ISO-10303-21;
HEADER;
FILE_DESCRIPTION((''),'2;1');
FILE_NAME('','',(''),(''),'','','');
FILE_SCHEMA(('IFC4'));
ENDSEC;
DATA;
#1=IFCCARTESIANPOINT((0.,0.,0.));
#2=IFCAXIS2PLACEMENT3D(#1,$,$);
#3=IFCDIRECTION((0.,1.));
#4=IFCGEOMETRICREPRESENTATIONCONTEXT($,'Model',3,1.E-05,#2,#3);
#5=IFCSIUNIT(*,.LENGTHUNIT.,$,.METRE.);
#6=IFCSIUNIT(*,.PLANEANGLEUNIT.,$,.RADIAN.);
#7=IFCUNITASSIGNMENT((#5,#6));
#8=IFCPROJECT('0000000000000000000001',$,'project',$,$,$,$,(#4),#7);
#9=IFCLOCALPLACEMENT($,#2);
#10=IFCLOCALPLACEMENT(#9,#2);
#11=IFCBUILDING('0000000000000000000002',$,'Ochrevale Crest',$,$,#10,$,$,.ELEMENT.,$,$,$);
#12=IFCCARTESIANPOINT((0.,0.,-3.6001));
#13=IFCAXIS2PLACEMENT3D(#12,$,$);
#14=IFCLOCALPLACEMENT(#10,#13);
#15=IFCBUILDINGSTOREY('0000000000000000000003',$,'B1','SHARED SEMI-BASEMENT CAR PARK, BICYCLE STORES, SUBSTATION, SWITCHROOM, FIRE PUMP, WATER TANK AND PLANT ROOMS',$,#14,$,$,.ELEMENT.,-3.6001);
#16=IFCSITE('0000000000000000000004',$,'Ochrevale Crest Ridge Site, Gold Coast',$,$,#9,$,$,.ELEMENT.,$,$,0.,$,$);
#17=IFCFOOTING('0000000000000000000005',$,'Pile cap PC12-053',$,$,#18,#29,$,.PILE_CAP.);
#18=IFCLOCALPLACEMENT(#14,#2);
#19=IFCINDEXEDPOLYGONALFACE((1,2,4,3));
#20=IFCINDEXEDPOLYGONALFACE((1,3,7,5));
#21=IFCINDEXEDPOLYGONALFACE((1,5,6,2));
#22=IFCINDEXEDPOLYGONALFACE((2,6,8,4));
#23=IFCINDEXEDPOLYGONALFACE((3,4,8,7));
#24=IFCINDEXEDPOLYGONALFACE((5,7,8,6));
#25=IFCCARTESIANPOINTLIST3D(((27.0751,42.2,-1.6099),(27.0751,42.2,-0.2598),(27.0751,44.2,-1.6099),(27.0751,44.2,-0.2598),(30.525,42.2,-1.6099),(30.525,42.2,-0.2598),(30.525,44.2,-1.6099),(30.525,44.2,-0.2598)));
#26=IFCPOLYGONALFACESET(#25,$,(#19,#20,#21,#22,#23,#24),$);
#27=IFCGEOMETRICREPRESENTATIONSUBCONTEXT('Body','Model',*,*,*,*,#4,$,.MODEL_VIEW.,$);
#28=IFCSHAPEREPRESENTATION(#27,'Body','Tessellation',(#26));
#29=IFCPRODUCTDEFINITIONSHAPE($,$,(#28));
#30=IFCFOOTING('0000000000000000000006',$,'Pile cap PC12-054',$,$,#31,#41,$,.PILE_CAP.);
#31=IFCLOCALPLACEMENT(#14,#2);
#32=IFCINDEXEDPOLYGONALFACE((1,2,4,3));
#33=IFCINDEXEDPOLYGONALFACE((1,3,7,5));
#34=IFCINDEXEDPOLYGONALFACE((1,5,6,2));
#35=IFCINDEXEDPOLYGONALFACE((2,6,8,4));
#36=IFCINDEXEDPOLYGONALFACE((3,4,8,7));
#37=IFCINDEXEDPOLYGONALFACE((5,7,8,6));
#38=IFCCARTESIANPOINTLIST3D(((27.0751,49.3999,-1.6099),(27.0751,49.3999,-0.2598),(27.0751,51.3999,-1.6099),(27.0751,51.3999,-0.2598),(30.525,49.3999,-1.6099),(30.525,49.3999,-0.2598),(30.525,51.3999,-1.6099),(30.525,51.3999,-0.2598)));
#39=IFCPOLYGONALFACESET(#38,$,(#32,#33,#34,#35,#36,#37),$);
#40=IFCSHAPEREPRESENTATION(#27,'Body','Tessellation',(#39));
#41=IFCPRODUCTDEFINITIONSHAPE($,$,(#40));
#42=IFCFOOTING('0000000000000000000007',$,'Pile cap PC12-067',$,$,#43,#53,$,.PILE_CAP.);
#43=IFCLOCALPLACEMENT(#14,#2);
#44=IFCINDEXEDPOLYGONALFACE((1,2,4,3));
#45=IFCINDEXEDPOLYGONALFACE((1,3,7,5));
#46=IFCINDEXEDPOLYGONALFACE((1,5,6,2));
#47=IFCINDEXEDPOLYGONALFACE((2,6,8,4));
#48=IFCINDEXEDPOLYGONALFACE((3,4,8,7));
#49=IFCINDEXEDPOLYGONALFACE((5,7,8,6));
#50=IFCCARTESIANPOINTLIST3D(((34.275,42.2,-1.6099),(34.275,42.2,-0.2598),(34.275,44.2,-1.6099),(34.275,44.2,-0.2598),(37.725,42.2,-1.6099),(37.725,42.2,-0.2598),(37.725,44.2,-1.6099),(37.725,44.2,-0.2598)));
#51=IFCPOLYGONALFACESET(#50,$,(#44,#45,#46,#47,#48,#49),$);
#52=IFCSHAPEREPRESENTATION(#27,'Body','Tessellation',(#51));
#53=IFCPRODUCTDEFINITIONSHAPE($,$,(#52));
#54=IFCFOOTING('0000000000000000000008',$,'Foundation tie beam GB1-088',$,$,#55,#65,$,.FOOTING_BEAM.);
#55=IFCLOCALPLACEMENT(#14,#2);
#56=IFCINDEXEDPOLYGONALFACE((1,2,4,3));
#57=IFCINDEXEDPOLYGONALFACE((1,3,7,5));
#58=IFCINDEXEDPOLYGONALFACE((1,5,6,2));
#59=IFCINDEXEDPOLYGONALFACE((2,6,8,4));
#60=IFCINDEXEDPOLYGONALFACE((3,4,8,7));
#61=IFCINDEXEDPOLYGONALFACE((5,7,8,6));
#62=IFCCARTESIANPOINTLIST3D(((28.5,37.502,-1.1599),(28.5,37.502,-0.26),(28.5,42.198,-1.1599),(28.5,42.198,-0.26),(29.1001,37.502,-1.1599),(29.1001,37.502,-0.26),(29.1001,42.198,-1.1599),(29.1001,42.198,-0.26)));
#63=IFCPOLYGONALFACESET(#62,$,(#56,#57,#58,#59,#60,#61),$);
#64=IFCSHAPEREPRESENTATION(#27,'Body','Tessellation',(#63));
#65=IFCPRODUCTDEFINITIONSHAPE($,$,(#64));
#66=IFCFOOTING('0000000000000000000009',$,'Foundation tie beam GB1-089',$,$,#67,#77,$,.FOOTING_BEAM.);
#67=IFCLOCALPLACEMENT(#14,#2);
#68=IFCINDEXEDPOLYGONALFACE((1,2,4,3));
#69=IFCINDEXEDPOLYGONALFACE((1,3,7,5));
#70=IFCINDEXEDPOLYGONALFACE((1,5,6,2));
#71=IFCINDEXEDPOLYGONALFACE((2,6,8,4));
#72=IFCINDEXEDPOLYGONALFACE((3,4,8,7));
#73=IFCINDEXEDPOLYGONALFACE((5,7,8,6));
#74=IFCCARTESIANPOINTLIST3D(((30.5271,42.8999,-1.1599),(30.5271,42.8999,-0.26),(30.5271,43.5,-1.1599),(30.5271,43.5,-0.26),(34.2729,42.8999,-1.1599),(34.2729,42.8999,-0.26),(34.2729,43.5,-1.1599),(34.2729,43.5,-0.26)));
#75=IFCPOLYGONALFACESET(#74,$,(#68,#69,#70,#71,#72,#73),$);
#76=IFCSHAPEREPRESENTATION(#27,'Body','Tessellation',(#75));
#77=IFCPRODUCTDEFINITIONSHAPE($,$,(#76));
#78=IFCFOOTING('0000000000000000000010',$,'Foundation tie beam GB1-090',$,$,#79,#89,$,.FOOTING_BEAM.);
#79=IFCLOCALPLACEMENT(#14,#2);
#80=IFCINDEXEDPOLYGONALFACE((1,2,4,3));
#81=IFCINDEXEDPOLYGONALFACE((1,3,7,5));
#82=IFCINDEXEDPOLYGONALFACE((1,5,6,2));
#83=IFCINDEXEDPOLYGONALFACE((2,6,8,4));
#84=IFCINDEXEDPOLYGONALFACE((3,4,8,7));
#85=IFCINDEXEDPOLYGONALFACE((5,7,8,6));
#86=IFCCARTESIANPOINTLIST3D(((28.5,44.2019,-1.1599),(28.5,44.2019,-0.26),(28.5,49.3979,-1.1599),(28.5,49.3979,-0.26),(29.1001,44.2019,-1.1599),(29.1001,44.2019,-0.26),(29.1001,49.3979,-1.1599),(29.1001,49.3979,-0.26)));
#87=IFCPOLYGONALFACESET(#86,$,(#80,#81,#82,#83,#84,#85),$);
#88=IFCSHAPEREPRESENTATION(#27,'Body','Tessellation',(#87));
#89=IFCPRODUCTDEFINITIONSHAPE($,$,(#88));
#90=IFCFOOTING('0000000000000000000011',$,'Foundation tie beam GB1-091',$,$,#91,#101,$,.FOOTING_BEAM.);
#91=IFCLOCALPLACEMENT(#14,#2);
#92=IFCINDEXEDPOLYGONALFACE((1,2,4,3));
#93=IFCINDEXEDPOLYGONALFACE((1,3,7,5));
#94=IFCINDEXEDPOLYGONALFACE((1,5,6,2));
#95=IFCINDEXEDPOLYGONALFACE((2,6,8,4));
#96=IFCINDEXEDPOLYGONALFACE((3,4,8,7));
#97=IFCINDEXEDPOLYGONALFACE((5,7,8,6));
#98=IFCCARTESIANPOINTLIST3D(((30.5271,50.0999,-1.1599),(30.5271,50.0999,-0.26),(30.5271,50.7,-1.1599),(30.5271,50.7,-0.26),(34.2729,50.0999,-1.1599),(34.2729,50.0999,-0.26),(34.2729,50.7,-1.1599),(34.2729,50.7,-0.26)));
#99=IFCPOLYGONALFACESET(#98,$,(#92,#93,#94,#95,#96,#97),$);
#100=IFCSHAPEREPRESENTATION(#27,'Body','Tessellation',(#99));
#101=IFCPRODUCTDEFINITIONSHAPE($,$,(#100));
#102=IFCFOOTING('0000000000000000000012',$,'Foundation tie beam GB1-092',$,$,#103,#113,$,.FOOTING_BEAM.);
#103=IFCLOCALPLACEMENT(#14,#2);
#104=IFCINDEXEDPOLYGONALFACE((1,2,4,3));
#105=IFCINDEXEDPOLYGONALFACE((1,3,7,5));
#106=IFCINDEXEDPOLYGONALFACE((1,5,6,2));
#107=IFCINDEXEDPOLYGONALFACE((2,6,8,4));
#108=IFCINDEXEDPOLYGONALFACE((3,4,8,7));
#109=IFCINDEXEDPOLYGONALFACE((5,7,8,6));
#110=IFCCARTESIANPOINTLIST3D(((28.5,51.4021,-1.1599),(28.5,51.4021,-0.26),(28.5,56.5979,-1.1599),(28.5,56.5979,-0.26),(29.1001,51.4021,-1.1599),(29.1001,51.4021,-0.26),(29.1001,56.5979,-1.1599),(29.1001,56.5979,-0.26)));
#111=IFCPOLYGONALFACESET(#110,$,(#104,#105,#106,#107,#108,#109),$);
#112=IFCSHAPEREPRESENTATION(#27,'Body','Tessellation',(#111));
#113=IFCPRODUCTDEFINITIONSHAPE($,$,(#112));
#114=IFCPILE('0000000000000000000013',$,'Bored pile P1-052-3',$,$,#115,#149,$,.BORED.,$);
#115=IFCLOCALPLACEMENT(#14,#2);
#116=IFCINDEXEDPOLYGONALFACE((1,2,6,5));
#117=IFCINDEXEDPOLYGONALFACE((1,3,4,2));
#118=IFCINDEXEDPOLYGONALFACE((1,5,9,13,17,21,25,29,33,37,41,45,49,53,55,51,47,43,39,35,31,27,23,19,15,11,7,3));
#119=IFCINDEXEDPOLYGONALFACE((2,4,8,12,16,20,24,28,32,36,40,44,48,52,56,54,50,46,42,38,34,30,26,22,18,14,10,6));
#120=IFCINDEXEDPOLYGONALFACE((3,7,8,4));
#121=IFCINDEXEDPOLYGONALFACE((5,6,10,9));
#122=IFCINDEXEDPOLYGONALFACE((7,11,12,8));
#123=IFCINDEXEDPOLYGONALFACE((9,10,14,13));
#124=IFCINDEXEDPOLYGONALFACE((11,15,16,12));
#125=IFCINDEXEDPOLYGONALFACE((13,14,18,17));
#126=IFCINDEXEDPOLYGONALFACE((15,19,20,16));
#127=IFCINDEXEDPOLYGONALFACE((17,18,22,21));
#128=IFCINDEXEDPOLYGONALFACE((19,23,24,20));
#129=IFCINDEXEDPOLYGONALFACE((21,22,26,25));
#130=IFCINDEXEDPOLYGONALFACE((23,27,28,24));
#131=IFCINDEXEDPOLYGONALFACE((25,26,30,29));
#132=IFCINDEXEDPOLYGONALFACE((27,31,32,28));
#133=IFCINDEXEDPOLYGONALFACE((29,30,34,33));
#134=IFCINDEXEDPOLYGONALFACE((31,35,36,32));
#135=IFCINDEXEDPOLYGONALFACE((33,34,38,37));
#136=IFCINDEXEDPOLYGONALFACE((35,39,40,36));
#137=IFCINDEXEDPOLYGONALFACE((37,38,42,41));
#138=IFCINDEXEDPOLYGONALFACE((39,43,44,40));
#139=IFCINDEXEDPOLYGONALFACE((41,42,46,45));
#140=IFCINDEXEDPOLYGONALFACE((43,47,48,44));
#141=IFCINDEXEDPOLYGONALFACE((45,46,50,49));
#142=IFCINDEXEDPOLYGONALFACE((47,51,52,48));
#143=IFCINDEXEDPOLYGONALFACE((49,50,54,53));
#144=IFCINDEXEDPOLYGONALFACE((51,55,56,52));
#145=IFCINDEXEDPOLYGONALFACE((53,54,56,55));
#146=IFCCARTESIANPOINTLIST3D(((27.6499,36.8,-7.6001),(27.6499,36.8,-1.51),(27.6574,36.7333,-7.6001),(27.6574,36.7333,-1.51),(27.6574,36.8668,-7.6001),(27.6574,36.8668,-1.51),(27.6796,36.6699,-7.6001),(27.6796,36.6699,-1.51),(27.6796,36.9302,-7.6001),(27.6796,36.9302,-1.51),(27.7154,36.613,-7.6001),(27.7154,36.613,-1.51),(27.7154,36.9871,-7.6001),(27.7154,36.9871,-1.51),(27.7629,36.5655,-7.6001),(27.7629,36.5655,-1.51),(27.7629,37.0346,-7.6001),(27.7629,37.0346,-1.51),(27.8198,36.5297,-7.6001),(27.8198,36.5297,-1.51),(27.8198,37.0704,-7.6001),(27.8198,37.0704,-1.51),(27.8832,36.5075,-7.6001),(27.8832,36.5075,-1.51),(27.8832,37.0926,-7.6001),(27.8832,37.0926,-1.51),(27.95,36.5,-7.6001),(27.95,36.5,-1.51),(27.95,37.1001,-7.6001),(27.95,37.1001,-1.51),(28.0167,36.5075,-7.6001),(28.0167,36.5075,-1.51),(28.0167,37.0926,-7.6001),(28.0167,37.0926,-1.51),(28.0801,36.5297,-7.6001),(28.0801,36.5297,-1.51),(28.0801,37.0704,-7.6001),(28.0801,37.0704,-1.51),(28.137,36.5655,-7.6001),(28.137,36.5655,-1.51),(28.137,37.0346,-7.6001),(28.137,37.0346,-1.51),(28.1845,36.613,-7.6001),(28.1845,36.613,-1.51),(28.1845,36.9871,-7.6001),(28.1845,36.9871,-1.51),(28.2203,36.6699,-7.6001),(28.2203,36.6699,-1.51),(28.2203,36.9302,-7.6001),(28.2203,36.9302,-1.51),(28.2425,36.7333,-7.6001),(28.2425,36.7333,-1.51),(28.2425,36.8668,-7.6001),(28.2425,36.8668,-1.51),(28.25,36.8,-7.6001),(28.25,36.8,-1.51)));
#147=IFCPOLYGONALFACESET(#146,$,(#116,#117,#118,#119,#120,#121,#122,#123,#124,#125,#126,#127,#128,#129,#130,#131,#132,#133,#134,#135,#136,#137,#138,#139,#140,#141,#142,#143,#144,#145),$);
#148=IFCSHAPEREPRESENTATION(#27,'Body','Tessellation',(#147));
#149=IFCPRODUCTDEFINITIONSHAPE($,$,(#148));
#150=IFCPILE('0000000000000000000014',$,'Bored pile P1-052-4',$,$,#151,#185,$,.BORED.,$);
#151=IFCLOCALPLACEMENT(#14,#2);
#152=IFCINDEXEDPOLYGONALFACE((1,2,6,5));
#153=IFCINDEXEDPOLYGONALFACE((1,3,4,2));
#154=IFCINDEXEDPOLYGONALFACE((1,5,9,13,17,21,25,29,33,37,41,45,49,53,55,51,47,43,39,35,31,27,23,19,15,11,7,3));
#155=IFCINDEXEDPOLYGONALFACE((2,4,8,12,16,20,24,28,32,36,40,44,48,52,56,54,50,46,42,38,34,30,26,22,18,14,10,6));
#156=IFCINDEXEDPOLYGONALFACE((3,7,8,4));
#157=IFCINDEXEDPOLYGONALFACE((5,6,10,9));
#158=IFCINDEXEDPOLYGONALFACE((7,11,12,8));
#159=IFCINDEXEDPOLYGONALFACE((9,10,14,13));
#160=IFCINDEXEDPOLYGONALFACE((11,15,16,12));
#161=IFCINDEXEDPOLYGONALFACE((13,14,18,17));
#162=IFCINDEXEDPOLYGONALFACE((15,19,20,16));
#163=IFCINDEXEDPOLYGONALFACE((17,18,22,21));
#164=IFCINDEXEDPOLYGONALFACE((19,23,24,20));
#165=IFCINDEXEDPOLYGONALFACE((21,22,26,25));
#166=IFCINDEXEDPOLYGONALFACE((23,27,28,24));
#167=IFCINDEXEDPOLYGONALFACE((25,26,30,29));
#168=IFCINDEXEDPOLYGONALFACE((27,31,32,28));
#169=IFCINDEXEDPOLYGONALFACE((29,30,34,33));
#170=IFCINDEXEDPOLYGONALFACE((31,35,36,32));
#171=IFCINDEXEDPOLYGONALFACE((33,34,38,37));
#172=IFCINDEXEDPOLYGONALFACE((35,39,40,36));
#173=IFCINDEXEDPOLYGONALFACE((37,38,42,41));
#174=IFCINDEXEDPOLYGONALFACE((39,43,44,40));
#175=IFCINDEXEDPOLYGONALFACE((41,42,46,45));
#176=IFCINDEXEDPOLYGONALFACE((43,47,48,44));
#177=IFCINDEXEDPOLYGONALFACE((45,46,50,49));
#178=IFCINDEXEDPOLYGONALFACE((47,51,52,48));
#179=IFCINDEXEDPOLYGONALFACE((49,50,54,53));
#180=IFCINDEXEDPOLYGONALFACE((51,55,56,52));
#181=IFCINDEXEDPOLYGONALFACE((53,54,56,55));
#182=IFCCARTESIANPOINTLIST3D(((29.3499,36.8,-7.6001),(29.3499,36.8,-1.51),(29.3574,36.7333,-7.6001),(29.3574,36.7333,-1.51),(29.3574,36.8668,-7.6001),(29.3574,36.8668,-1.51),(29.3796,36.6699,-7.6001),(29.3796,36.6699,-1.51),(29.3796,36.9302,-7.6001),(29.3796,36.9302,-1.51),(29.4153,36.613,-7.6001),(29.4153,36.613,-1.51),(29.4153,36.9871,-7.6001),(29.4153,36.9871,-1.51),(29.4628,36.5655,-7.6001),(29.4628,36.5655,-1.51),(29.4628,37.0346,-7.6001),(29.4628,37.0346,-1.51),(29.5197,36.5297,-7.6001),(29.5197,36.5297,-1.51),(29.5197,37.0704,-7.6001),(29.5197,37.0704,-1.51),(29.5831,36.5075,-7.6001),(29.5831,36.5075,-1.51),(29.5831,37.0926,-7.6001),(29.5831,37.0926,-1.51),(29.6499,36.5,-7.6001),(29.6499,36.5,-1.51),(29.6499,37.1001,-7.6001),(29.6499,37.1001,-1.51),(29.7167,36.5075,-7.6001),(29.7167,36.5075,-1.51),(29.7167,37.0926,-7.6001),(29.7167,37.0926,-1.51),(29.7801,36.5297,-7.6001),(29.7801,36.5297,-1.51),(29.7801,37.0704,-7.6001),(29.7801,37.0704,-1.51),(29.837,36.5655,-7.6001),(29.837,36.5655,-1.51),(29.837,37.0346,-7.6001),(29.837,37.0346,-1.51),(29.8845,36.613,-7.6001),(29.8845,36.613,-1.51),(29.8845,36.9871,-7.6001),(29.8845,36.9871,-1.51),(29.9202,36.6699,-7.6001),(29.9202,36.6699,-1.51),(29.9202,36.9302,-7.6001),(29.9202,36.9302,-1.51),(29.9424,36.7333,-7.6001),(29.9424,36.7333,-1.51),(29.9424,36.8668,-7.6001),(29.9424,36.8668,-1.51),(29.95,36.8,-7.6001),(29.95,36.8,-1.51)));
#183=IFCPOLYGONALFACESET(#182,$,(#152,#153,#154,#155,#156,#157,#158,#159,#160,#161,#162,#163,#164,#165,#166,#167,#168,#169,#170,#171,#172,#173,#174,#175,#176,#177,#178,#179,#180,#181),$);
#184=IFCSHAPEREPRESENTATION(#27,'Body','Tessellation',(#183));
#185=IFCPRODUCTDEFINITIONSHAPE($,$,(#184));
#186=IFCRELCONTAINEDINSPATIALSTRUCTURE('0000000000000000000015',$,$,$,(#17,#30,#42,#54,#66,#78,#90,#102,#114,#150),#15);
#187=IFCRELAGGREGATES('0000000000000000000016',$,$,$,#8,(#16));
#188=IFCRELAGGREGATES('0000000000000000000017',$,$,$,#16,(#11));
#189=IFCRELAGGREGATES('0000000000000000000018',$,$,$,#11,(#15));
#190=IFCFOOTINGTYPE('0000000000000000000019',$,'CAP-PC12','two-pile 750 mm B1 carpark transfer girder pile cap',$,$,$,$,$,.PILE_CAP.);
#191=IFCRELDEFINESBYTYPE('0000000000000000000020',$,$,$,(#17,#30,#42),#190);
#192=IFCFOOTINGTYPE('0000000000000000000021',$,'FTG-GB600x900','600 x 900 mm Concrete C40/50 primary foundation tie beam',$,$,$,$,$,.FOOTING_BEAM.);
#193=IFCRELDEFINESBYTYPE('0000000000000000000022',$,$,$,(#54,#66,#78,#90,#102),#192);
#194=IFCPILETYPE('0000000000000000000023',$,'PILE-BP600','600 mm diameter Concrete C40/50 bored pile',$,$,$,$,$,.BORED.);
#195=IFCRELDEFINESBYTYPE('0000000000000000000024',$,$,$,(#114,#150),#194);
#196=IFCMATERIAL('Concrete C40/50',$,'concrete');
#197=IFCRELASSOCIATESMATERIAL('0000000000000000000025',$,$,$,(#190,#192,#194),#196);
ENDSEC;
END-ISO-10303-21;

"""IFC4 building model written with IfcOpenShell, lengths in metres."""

from ifc_helpers import new_model, si_unit, direction, frame, origin, origin_2d, place, context, subcontext, project, spatial, rectangle, circle, extrude, material, material_profile, profile_set, type_object, element, save


model = new_model("IFC4")

# Units and contexts
model_context = context("Model", 3, precision=1e-05, world=origin(), true_north=direction((0.0, 1.0)))
body_context = subcontext(model_context, "Body", "Model", "MODEL_VIEW")
ifc_project = project(units=[si_unit("LENGTHUNIT", "METRE"), si_unit("PLANEANGLEUNIT", "RADIAN")], contexts=[model_context])

# Site, building, storey
site_placement = place(None, origin())
site = spatial("IfcSite", under=ifc_project, at=site_placement, Name="Ochrevale Crest Ridge Site, Gold Coast", CompositionType="ELEMENT", RefElevation=0.0)
building_placement = place(site_placement, origin())
building = spatial("IfcBuilding", under=site, at=building_placement, Name="Ochrevale Crest", CompositionType="ELEMENT")
storey_placement = place(building_placement, frame((0.0, 0.0, -3.6001)))
storey = spatial("IfcBuildingStorey", under=building, at=storey_placement, Name="B1", Description="SHARED SEMI-BASEMENT CAR PARK, BICYCLE STORES, SUBSTATION, SWITCHROOM, FIRE PUMP, WATER TANK AND PLANT ROOMS", CompositionType="ELEMENT", Elevation=-3.6001)

# Footings
ifc_material_1 = material(Name="Concrete C40/50", Category="concrete")
footing_type_1 = type_object("IfcFootingType", Name="CAP-PC12", Description="two-pile 750 mm B1 carpark transfer girder pile cap", PredefinedType="PILE_CAP", material=ifc_material_1)
for number, where, z_axis, x_axis, name in (
    (1, (28.8, 43.2, -1.6099), (0.0, 0.0, 1.0), (1.0, 0.0, 0.0), "Pile cap PC12-053"),
    (2, (28.8, 50.3999, -1.6099), (0.0, 0.0, 1.0), (1.0, 0.0, 0.0), "Pile cap PC12-054"),
    (3, (36.0, 43.2, -1.6099), (0.0, 0.0, 1.0), (1.0, 0.0, 0.0), "Pile cap PC12-067"),
):
    element("IfcFooting", number, at=place(storey_placement, frame(where, z_axis=z_axis, x_axis=x_axis)), inside=storey, type_object=footing_type_1, Name=name, PredefinedType="PILE_CAP", context=body_context, shape_type="SweptSolid", body=[
        extrude(rectangle(XDim=3.45, YDim=2.0, at=origin_2d()), origin(), (0.0, 0.0, 1.0), 1.3501),
    ])
ifc_material_profile_1 = material_profile(ifc_material_1, rectangle(XDim=0.6001, YDim=0.8999, at=origin_2d()), Name="GB 600x900")
ifc_profile_set_1 = profile_set([ifc_material_profile_1], Name="Concrete C40/50")
footing_type_2 = type_object("IfcFootingType", Name="FTG-GB600x900", Description="600 x 900 mm Concrete C40/50 primary foundation tie beam", PredefinedType="FOOTING_BEAM", material=ifc_profile_set_1)
footing_1_placement = place(storey_placement, frame((28.8, 37.502, -0.71), z_axis=(0.0, 1.0, 0.0), x_axis=(-1.0, 0.0, 0.0)))
element("IfcFooting", 4, at=footing_1_placement, inside=storey, type_object=footing_type_2, Name="Foundation tie beam GB1-088", PredefinedType="FOOTING_BEAM", context=body_context, shape_type="SweptSolid", body=[
    extrude(rectangle(XDim=0.6001, YDim=0.8999, at=origin_2d()), origin(), (0.0, 0.0, 1.0), 4.696),
])
footing_2_placement = place(storey_placement, frame((30.5271, 43.2, -0.71), z_axis=(1.0, 0.0, 0.0), x_axis=(0.0, 1.0, 0.0)))
element("IfcFooting", 5, at=footing_2_placement, inside=storey, type_object=footing_type_2, Name="Foundation tie beam GB1-089", PredefinedType="FOOTING_BEAM", context=body_context, shape_type="SweptSolid", body=[
    extrude(rectangle(XDim=0.6001, YDim=0.8999, at=origin_2d()), origin(), (0.0, 0.0, 1.0), 3.7458),
])
footing_3_placement = place(storey_placement, frame((28.8, 44.2019, -0.71), z_axis=(0.0, 1.0, 0.0), x_axis=(-1.0, 0.0, 0.0)))
element("IfcFooting", 6, at=footing_3_placement, inside=storey, type_object=footing_type_2, Name="Foundation tie beam GB1-090", PredefinedType="FOOTING_BEAM", context=body_context, shape_type="SweptSolid", body=[
    extrude(rectangle(XDim=0.6001, YDim=0.8999, at=origin_2d()), origin(), (0.0, 0.0, 1.0), 5.196),
])
footing_4_placement = place(storey_placement, frame((30.5271, 50.3999, -0.71), z_axis=(1.0, 0.0, 0.0), x_axis=(0.0, 1.0, 0.0)))
element("IfcFooting", 7, at=footing_4_placement, inside=storey, type_object=footing_type_2, Name="Foundation tie beam GB1-091", PredefinedType="FOOTING_BEAM", context=body_context, shape_type="SweptSolid", body=[
    extrude(rectangle(XDim=0.6001, YDim=0.8999, at=origin_2d()), origin(), (0.0, 0.0, 1.0), 3.7458),
])
footing_5_placement = place(storey_placement, frame((28.8, 51.4021, -0.71), z_axis=(0.0, 1.0, 0.0), x_axis=(-1.0, 0.0, 0.0)))
element("IfcFooting", 8, at=footing_5_placement, inside=storey, type_object=footing_type_2, Name="Foundation tie beam GB1-092", PredefinedType="FOOTING_BEAM", context=body_context, shape_type="SweptSolid", body=[
    extrude(rectangle(XDim=0.6001, YDim=0.8999, at=origin_2d()), origin(), (0.0, 0.0, 1.0), 5.1958),
])

# Piles
ifc_material_profile_2 = material_profile(ifc_material_1, circle(Radius=0.3, at=origin_2d()), Name="BORED PILE 600")
ifc_profile_set_2 = profile_set([ifc_material_profile_2], Name="Concrete C40/50")
pile_type_1 = type_object("IfcPileType", Name="PILE-BP600", Description="600 mm diameter Concrete C40/50 bored pile", PredefinedType="BORED", material=ifc_profile_set_2)
for number, where, z_axis, x_axis, name in (
    (9, (27.95, 36.8, -1.51), (0.0, 0.0, -1.0), (1.0, 0.0, 0.0), "Bored pile P1-052-3"),
    (10, (29.6499, 36.8, -1.51), (0.0, 0.0, -1.0), (1.0, 0.0, 0.0), "Bored pile P1-052-4"),
):
    element("IfcPile", number, at=place(storey_placement, frame(where, z_axis=z_axis, x_axis=x_axis)), inside=storey, type_object=pile_type_1, Name=name, PredefinedType="BORED", context=body_context, shape_type="SweptSolid", body=[
        extrude(circle(Radius=0.3, at=origin_2d()), origin(), (0.0, 0.0, 1.0), 6.0901),
    ])

save(model, "model.ifc")
